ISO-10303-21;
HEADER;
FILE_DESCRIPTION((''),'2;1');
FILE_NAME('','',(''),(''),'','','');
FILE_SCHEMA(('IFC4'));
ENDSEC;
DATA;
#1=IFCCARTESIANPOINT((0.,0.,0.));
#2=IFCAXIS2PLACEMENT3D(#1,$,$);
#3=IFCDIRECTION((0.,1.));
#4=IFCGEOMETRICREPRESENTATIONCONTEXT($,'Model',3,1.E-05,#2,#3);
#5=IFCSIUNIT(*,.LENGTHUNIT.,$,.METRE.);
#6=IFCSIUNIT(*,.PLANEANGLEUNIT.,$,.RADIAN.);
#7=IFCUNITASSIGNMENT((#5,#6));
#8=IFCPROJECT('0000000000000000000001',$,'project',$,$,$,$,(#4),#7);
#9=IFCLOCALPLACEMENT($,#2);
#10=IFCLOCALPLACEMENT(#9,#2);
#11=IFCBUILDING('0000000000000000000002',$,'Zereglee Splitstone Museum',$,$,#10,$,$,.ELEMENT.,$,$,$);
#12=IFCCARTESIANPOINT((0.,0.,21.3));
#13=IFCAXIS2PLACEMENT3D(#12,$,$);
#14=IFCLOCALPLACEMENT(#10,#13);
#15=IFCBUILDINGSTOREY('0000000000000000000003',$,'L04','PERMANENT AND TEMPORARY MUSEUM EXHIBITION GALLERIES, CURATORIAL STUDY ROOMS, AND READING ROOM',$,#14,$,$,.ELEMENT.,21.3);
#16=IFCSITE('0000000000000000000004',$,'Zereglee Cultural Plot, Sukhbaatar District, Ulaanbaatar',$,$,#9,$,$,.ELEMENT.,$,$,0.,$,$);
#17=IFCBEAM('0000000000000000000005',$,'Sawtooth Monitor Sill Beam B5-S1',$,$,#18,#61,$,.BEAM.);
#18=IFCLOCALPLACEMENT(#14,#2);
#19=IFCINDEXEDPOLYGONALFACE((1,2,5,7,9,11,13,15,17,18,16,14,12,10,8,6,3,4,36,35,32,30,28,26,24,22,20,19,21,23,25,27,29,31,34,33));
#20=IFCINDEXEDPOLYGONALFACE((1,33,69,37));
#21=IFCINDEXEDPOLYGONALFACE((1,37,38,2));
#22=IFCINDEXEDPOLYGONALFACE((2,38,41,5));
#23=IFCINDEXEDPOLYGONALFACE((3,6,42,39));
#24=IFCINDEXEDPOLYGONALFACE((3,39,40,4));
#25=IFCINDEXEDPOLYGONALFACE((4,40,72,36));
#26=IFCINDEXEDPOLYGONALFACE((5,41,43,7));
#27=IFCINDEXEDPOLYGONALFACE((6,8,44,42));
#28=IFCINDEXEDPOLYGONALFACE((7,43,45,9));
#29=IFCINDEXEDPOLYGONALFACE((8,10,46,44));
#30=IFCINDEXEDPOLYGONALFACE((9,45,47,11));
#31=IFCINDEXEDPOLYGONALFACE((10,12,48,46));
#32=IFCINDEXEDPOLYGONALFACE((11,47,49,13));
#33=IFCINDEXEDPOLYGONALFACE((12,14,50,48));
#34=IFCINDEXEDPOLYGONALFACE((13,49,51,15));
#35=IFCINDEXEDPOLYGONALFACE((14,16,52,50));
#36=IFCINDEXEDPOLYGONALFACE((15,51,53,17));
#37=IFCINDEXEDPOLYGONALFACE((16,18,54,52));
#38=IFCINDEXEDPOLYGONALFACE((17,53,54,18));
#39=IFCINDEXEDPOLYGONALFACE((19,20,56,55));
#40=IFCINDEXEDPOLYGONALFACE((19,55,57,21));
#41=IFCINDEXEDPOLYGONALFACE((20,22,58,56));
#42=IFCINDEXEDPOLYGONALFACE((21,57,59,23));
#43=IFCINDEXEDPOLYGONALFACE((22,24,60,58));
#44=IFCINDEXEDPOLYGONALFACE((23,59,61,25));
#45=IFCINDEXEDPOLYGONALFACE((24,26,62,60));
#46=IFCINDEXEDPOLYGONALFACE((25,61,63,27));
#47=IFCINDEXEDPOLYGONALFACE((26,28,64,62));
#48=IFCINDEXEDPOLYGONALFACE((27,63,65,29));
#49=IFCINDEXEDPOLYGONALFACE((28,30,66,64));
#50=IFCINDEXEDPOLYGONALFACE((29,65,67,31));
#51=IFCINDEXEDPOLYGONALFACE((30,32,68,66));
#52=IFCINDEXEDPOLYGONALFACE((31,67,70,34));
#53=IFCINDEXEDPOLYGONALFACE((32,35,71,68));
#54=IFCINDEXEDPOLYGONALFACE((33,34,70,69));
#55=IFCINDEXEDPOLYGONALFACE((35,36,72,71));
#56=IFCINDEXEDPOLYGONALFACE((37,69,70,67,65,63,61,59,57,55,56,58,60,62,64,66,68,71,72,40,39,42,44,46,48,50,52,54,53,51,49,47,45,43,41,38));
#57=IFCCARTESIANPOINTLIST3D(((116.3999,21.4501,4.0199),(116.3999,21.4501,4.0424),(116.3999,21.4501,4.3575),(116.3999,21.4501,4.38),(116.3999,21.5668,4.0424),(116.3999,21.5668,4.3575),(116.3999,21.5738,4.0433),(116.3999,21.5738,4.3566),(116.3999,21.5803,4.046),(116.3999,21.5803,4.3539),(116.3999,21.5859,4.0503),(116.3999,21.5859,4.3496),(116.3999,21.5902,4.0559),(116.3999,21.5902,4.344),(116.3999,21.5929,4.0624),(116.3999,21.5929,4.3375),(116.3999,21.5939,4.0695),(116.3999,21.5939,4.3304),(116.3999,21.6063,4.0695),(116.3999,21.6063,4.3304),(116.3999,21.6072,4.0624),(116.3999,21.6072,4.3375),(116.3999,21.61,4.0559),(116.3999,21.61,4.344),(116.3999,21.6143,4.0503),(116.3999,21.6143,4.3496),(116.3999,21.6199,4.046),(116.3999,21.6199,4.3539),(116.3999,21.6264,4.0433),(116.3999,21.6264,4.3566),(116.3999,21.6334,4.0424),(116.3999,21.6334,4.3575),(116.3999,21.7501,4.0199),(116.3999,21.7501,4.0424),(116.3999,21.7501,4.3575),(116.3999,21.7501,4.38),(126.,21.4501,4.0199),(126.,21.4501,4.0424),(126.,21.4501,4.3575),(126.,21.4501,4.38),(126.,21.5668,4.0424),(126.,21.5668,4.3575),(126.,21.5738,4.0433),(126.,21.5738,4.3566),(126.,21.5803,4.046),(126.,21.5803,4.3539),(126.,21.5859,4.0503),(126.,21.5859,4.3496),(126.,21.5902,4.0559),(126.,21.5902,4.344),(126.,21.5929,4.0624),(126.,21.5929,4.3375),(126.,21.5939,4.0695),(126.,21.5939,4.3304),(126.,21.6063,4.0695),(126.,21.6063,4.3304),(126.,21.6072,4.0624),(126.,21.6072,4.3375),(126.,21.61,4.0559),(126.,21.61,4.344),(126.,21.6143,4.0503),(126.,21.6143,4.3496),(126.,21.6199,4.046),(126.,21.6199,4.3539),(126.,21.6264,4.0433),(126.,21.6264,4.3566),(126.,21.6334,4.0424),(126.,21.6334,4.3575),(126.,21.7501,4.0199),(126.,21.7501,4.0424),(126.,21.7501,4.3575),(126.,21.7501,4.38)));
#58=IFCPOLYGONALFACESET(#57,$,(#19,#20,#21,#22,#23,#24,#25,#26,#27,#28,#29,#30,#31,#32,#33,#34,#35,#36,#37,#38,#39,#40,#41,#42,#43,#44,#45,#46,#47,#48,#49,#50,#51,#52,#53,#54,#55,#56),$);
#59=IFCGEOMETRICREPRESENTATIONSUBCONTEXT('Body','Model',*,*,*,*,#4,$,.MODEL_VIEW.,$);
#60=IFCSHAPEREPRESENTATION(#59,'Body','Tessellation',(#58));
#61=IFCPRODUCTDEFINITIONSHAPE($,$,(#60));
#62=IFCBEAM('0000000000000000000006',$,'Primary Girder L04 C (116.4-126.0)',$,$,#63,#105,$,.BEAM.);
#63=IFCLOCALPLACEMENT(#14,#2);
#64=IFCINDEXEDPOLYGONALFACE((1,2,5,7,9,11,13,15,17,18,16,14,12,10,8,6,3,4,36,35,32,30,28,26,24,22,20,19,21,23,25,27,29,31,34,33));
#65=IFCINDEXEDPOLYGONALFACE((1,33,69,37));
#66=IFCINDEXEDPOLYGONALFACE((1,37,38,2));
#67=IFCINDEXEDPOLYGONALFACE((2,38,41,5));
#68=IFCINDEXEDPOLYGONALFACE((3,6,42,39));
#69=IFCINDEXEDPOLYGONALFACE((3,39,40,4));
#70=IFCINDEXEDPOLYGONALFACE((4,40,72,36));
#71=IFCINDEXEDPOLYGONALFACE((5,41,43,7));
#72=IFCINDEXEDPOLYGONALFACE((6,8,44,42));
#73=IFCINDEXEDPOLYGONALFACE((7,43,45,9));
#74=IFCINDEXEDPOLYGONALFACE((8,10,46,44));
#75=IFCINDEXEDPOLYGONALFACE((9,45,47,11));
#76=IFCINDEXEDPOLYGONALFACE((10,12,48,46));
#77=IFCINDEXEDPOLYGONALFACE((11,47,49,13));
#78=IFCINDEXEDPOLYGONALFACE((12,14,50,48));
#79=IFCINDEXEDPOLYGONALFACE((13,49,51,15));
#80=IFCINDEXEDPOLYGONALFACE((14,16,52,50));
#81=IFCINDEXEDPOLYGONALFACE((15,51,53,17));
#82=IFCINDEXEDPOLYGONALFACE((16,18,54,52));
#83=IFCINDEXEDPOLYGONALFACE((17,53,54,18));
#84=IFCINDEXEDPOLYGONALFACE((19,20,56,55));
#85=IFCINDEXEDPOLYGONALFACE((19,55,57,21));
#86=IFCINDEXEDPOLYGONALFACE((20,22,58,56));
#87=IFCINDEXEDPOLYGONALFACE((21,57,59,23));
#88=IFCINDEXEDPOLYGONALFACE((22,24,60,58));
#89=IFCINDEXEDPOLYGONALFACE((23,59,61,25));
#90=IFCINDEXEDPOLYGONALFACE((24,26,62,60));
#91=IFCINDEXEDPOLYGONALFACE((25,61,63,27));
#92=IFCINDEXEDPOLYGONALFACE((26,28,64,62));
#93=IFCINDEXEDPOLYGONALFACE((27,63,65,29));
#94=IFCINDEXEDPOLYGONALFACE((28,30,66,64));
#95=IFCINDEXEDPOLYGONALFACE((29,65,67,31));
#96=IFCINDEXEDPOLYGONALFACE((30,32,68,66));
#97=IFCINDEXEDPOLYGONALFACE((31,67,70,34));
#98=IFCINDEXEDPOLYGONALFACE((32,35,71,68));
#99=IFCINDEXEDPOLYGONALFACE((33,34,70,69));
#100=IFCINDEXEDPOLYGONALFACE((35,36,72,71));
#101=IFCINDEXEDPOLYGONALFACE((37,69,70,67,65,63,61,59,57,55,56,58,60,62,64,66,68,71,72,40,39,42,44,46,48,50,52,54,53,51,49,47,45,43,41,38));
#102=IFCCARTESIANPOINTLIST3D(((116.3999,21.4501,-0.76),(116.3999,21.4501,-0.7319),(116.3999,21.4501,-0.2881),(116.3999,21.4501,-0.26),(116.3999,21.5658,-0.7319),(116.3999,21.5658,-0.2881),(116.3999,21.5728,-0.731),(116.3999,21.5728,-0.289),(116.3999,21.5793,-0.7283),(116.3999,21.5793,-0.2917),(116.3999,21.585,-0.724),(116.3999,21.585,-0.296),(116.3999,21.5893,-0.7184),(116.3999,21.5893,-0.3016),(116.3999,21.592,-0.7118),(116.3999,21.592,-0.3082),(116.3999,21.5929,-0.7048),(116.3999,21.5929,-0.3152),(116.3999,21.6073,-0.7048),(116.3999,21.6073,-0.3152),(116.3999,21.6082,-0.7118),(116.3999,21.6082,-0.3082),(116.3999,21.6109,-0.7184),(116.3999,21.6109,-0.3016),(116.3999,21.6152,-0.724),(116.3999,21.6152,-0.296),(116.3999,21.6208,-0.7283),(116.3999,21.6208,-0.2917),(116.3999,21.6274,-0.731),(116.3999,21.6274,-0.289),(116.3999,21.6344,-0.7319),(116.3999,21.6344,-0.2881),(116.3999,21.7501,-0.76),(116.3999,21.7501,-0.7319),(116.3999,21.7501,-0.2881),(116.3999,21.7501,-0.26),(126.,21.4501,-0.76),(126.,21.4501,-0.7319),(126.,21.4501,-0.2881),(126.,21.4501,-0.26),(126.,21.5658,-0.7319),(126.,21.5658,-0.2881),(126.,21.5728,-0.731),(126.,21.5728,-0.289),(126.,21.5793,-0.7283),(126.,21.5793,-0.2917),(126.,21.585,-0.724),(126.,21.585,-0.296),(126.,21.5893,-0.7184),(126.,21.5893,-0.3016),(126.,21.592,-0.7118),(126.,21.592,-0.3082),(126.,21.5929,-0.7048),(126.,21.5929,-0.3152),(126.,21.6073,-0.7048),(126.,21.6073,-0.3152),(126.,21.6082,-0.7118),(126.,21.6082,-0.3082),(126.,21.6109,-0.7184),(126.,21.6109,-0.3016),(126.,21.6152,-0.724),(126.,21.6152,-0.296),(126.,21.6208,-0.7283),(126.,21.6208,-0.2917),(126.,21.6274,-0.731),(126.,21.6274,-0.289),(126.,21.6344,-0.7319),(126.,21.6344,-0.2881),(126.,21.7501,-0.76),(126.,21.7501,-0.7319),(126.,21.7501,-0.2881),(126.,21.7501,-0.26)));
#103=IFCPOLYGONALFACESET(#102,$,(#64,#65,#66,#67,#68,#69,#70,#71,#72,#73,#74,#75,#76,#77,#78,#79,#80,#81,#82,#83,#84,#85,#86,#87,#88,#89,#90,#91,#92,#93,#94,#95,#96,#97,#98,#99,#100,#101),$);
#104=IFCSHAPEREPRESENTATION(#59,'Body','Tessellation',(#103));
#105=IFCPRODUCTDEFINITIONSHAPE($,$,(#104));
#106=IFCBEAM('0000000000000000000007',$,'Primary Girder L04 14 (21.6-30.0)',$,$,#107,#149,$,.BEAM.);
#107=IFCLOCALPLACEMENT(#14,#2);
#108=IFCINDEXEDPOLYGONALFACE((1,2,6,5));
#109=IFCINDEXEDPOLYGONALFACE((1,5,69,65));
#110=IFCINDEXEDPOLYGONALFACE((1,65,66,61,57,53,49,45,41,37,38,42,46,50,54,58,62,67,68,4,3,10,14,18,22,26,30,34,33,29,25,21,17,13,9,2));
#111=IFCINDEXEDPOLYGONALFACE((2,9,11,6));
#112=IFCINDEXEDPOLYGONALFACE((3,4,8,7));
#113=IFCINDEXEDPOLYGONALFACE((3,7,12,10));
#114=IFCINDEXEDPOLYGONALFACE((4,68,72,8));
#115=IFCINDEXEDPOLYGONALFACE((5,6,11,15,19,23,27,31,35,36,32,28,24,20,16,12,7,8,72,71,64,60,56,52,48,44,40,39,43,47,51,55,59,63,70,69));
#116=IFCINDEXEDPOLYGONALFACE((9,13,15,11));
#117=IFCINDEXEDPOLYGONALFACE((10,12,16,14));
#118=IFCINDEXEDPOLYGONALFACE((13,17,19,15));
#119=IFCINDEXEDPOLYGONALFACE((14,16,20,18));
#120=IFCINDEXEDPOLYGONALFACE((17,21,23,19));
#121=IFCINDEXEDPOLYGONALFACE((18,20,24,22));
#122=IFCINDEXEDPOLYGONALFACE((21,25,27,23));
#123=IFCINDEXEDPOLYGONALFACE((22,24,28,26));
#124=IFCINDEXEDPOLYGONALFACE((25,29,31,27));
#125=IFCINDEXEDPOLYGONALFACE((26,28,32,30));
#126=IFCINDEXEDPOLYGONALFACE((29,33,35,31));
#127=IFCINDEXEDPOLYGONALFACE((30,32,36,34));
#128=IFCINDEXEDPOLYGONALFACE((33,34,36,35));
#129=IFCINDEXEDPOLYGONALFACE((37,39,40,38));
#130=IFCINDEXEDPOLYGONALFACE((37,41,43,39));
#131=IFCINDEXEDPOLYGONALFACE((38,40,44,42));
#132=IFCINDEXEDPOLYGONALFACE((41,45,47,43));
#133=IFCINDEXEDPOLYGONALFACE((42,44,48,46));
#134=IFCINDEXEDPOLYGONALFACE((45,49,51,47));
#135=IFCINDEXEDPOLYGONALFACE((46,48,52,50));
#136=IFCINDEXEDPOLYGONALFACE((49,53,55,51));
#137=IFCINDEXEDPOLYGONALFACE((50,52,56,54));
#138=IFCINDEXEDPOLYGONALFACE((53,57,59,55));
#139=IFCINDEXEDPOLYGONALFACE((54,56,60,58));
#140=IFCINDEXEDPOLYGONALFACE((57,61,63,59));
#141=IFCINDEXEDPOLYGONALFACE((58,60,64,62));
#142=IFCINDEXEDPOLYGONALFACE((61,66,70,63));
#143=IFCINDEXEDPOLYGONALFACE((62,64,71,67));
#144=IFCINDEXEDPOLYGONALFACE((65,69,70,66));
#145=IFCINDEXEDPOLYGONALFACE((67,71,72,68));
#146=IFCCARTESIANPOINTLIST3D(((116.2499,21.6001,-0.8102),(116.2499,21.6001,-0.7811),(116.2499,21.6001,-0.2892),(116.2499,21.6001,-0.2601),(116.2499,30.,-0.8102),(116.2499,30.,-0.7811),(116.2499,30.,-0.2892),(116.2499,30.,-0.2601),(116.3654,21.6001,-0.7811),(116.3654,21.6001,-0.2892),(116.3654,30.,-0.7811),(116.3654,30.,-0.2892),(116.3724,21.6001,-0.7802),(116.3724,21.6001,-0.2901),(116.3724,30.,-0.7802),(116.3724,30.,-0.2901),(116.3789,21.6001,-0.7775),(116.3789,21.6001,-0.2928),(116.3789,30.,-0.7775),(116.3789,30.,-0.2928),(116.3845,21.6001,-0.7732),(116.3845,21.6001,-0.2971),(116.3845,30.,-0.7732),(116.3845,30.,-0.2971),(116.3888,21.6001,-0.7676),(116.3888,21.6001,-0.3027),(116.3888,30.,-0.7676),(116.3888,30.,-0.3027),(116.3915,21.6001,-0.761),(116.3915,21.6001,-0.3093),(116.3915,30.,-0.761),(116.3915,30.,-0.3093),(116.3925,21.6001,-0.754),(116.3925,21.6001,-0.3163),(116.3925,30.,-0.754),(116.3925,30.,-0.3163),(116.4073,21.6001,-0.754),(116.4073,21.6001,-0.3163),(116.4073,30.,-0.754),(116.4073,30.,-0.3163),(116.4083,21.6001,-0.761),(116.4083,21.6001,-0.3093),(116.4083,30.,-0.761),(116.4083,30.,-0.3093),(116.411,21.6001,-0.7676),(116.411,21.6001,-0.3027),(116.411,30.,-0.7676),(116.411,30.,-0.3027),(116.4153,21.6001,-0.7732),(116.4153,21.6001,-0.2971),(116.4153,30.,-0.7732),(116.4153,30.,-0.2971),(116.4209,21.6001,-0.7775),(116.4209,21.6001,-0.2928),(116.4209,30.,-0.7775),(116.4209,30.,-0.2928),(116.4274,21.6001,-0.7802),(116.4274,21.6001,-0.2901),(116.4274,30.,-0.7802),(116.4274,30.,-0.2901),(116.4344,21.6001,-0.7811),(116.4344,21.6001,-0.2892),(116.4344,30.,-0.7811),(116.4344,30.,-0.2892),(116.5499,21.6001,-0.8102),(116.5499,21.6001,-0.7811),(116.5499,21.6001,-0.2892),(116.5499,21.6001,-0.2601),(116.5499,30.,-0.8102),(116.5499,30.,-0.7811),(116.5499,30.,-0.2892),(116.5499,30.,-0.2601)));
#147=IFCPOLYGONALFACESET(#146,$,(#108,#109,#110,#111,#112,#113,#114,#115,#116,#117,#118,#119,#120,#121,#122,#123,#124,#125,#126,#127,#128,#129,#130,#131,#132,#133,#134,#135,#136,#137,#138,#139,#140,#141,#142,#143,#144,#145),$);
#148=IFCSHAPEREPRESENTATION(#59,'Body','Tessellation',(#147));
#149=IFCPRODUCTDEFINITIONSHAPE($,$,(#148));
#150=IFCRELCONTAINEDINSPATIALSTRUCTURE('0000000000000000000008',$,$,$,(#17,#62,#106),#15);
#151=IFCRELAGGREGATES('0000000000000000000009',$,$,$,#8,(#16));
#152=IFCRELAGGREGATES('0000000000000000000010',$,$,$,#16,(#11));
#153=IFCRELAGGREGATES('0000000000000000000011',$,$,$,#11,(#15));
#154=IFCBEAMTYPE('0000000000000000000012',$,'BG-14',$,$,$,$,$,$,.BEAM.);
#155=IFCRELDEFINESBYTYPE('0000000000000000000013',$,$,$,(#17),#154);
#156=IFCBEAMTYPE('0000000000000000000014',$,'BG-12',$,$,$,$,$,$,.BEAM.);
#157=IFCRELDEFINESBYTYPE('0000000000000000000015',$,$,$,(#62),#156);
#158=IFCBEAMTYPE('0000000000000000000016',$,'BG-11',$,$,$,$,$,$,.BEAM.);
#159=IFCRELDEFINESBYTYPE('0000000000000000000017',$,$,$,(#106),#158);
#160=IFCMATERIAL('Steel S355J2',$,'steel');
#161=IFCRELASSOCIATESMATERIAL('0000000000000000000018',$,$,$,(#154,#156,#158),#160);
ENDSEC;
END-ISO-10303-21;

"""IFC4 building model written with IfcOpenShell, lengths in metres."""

from ifc_helpers import new_model, si_unit, direction, frame, origin, origin_2d, place, context, subcontext, project, spatial, i_section, extrude, material, material_profile, profile_set, type_object, element, save


model = new_model("IFC4")

# Units and contexts
model_context = context("Model", 3, precision=1e-05, world=origin(), true_north=direction((0.0, 1.0)))
body_context = subcontext(model_context, "Body", "Model", "MODEL_VIEW")
ifc_project = project(units=[si_unit("LENGTHUNIT", "METRE"), si_unit("PLANEANGLEUNIT", "RADIAN")], contexts=[model_context])

# Site, building, storey
site_placement = place(None, origin())
site = spatial("IfcSite", under=ifc_project, at=site_placement, Name="Zereglee Cultural Plot, Sukhbaatar District, Ulaanbaatar", CompositionType="ELEMENT", RefElevation=0.0)
building_placement = place(site_placement, origin())
building = spatial("IfcBuilding", under=site, at=building_placement, Name="Zereglee Splitstone Museum", CompositionType="ELEMENT")
storey_placement = place(building_placement, frame((0.0, 0.0, 21.3)))
storey = spatial("IfcBuildingStorey", under=building, at=storey_placement, Name="L04", Description="PERMANENT AND TEMPORARY MUSEUM EXHIBITION GALLERIES, CURATORIAL STUDY ROOMS, AND READING ROOM", CompositionType="ELEMENT", Elevation=21.3)

# Shared definitions
ifc_material_1 = material(Name="Steel S355J2", Category="steel")

# Beams
ifc_material_profile_1 = material_profile(ifc_material_1, i_section(OverallWidth=0.3, OverallDepth=0.3601, WebThickness=0.0125, FlangeThickness=0.0225, FilletRadius=0.0271, at=origin_2d()), Name="HE 360 B")
ifc_profile_set_1 = profile_set([ifc_material_profile_1], Name="Steel S355J2")
beam_type_1 = type_object("IfcBeamType", Name="BG-14", PredefinedType="BEAM", material=ifc_profile_set_1)
beam_1_placement = place(storey_placement, frame((116.3999, 21.6001, 4.2), z_axis=(1.0, 0.0, 0.0), x_axis=(0.0, 1.0, 0.0)))
element("IfcBeam", 1, at=beam_1_placement, inside=storey, type_object=beam_type_1, Name="Sawtooth Monitor Sill Beam B5-S1", PredefinedType="BEAM", context=body_context, shape_type="SweptSolid", body=[
    extrude(i_section(OverallWidth=0.3, OverallDepth=0.3601, WebThickness=0.0125, FlangeThickness=0.0225, FilletRadius=0.0271, at=origin_2d()), origin(), (0.0, 0.0, 1.0), 9.6001),
])
ifc_material_profile_2 = material_profile(ifc_material_1, i_section(OverallWidth=0.3, OverallDepth=0.5, WebThickness=0.0144, FlangeThickness=0.0281, FilletRadius=0.0271, at=origin_2d()), Name="HE 500 B")
ifc_profile_set_2 = profile_set([ifc_material_profile_2], Name="Steel S355J2")
beam_type_2 = type_object("IfcBeamType", Name="BG-12", PredefinedType="BEAM", material=ifc_profile_set_2)
beam_2_placement = place(storey_placement, frame((116.3999, 21.6001, -0.51), z_axis=(1.0, 0.0, 0.0), x_axis=(0.0, 1.0, 0.0)))
element("IfcBeam", 2, at=beam_2_placement, inside=storey, type_object=beam_type_2, Name="Primary Girder L04 C (116.4-126.0)", PredefinedType="BEAM", context=body_context, shape_type="SweptSolid", body=[
    extrude(i_section(OverallWidth=0.3, OverallDepth=0.5, WebThickness=0.0144, FlangeThickness=0.0281, FilletRadius=0.0271, at=origin_2d()), origin(), (0.0, 0.0, 1.0), 9.6001),
])
ifc_material_profile_3 = material_profile(ifc_material_1, i_section(OverallWidth=0.3, OverallDepth=0.55, WebThickness=0.0149, FlangeThickness=0.0291, FilletRadius=0.0271, at=origin_2d()), Name="HE 550 B")
ifc_profile_set_3 = profile_set([ifc_material_profile_3], Name="Steel S355J2")
beam_type_3 = type_object("IfcBeamType", Name="BG-11", PredefinedType="BEAM", material=ifc_profile_set_3)
beam_3_placement = place(storey_placement, frame((116.3999, 21.6001, -0.5352), z_axis=(0.0, 1.0, 0.0), x_axis=(-1.0, 0.0, 0.0)))
element("IfcBeam", 3, at=beam_3_placement, inside=storey, type_object=beam_type_3, Name="Primary Girder L04 14 (21.6-30.0)", PredefinedType="BEAM", context=body_context, shape_type="SweptSolid", body=[
    extrude(i_section(OverallWidth=0.3, OverallDepth=0.55, WebThickness=0.0149, FlangeThickness=0.0291, FilletRadius=0.0271, at=origin_2d()), origin(), (0.0, 0.0, 1.0), 8.3999),
])

save(model, "model.ifc")
